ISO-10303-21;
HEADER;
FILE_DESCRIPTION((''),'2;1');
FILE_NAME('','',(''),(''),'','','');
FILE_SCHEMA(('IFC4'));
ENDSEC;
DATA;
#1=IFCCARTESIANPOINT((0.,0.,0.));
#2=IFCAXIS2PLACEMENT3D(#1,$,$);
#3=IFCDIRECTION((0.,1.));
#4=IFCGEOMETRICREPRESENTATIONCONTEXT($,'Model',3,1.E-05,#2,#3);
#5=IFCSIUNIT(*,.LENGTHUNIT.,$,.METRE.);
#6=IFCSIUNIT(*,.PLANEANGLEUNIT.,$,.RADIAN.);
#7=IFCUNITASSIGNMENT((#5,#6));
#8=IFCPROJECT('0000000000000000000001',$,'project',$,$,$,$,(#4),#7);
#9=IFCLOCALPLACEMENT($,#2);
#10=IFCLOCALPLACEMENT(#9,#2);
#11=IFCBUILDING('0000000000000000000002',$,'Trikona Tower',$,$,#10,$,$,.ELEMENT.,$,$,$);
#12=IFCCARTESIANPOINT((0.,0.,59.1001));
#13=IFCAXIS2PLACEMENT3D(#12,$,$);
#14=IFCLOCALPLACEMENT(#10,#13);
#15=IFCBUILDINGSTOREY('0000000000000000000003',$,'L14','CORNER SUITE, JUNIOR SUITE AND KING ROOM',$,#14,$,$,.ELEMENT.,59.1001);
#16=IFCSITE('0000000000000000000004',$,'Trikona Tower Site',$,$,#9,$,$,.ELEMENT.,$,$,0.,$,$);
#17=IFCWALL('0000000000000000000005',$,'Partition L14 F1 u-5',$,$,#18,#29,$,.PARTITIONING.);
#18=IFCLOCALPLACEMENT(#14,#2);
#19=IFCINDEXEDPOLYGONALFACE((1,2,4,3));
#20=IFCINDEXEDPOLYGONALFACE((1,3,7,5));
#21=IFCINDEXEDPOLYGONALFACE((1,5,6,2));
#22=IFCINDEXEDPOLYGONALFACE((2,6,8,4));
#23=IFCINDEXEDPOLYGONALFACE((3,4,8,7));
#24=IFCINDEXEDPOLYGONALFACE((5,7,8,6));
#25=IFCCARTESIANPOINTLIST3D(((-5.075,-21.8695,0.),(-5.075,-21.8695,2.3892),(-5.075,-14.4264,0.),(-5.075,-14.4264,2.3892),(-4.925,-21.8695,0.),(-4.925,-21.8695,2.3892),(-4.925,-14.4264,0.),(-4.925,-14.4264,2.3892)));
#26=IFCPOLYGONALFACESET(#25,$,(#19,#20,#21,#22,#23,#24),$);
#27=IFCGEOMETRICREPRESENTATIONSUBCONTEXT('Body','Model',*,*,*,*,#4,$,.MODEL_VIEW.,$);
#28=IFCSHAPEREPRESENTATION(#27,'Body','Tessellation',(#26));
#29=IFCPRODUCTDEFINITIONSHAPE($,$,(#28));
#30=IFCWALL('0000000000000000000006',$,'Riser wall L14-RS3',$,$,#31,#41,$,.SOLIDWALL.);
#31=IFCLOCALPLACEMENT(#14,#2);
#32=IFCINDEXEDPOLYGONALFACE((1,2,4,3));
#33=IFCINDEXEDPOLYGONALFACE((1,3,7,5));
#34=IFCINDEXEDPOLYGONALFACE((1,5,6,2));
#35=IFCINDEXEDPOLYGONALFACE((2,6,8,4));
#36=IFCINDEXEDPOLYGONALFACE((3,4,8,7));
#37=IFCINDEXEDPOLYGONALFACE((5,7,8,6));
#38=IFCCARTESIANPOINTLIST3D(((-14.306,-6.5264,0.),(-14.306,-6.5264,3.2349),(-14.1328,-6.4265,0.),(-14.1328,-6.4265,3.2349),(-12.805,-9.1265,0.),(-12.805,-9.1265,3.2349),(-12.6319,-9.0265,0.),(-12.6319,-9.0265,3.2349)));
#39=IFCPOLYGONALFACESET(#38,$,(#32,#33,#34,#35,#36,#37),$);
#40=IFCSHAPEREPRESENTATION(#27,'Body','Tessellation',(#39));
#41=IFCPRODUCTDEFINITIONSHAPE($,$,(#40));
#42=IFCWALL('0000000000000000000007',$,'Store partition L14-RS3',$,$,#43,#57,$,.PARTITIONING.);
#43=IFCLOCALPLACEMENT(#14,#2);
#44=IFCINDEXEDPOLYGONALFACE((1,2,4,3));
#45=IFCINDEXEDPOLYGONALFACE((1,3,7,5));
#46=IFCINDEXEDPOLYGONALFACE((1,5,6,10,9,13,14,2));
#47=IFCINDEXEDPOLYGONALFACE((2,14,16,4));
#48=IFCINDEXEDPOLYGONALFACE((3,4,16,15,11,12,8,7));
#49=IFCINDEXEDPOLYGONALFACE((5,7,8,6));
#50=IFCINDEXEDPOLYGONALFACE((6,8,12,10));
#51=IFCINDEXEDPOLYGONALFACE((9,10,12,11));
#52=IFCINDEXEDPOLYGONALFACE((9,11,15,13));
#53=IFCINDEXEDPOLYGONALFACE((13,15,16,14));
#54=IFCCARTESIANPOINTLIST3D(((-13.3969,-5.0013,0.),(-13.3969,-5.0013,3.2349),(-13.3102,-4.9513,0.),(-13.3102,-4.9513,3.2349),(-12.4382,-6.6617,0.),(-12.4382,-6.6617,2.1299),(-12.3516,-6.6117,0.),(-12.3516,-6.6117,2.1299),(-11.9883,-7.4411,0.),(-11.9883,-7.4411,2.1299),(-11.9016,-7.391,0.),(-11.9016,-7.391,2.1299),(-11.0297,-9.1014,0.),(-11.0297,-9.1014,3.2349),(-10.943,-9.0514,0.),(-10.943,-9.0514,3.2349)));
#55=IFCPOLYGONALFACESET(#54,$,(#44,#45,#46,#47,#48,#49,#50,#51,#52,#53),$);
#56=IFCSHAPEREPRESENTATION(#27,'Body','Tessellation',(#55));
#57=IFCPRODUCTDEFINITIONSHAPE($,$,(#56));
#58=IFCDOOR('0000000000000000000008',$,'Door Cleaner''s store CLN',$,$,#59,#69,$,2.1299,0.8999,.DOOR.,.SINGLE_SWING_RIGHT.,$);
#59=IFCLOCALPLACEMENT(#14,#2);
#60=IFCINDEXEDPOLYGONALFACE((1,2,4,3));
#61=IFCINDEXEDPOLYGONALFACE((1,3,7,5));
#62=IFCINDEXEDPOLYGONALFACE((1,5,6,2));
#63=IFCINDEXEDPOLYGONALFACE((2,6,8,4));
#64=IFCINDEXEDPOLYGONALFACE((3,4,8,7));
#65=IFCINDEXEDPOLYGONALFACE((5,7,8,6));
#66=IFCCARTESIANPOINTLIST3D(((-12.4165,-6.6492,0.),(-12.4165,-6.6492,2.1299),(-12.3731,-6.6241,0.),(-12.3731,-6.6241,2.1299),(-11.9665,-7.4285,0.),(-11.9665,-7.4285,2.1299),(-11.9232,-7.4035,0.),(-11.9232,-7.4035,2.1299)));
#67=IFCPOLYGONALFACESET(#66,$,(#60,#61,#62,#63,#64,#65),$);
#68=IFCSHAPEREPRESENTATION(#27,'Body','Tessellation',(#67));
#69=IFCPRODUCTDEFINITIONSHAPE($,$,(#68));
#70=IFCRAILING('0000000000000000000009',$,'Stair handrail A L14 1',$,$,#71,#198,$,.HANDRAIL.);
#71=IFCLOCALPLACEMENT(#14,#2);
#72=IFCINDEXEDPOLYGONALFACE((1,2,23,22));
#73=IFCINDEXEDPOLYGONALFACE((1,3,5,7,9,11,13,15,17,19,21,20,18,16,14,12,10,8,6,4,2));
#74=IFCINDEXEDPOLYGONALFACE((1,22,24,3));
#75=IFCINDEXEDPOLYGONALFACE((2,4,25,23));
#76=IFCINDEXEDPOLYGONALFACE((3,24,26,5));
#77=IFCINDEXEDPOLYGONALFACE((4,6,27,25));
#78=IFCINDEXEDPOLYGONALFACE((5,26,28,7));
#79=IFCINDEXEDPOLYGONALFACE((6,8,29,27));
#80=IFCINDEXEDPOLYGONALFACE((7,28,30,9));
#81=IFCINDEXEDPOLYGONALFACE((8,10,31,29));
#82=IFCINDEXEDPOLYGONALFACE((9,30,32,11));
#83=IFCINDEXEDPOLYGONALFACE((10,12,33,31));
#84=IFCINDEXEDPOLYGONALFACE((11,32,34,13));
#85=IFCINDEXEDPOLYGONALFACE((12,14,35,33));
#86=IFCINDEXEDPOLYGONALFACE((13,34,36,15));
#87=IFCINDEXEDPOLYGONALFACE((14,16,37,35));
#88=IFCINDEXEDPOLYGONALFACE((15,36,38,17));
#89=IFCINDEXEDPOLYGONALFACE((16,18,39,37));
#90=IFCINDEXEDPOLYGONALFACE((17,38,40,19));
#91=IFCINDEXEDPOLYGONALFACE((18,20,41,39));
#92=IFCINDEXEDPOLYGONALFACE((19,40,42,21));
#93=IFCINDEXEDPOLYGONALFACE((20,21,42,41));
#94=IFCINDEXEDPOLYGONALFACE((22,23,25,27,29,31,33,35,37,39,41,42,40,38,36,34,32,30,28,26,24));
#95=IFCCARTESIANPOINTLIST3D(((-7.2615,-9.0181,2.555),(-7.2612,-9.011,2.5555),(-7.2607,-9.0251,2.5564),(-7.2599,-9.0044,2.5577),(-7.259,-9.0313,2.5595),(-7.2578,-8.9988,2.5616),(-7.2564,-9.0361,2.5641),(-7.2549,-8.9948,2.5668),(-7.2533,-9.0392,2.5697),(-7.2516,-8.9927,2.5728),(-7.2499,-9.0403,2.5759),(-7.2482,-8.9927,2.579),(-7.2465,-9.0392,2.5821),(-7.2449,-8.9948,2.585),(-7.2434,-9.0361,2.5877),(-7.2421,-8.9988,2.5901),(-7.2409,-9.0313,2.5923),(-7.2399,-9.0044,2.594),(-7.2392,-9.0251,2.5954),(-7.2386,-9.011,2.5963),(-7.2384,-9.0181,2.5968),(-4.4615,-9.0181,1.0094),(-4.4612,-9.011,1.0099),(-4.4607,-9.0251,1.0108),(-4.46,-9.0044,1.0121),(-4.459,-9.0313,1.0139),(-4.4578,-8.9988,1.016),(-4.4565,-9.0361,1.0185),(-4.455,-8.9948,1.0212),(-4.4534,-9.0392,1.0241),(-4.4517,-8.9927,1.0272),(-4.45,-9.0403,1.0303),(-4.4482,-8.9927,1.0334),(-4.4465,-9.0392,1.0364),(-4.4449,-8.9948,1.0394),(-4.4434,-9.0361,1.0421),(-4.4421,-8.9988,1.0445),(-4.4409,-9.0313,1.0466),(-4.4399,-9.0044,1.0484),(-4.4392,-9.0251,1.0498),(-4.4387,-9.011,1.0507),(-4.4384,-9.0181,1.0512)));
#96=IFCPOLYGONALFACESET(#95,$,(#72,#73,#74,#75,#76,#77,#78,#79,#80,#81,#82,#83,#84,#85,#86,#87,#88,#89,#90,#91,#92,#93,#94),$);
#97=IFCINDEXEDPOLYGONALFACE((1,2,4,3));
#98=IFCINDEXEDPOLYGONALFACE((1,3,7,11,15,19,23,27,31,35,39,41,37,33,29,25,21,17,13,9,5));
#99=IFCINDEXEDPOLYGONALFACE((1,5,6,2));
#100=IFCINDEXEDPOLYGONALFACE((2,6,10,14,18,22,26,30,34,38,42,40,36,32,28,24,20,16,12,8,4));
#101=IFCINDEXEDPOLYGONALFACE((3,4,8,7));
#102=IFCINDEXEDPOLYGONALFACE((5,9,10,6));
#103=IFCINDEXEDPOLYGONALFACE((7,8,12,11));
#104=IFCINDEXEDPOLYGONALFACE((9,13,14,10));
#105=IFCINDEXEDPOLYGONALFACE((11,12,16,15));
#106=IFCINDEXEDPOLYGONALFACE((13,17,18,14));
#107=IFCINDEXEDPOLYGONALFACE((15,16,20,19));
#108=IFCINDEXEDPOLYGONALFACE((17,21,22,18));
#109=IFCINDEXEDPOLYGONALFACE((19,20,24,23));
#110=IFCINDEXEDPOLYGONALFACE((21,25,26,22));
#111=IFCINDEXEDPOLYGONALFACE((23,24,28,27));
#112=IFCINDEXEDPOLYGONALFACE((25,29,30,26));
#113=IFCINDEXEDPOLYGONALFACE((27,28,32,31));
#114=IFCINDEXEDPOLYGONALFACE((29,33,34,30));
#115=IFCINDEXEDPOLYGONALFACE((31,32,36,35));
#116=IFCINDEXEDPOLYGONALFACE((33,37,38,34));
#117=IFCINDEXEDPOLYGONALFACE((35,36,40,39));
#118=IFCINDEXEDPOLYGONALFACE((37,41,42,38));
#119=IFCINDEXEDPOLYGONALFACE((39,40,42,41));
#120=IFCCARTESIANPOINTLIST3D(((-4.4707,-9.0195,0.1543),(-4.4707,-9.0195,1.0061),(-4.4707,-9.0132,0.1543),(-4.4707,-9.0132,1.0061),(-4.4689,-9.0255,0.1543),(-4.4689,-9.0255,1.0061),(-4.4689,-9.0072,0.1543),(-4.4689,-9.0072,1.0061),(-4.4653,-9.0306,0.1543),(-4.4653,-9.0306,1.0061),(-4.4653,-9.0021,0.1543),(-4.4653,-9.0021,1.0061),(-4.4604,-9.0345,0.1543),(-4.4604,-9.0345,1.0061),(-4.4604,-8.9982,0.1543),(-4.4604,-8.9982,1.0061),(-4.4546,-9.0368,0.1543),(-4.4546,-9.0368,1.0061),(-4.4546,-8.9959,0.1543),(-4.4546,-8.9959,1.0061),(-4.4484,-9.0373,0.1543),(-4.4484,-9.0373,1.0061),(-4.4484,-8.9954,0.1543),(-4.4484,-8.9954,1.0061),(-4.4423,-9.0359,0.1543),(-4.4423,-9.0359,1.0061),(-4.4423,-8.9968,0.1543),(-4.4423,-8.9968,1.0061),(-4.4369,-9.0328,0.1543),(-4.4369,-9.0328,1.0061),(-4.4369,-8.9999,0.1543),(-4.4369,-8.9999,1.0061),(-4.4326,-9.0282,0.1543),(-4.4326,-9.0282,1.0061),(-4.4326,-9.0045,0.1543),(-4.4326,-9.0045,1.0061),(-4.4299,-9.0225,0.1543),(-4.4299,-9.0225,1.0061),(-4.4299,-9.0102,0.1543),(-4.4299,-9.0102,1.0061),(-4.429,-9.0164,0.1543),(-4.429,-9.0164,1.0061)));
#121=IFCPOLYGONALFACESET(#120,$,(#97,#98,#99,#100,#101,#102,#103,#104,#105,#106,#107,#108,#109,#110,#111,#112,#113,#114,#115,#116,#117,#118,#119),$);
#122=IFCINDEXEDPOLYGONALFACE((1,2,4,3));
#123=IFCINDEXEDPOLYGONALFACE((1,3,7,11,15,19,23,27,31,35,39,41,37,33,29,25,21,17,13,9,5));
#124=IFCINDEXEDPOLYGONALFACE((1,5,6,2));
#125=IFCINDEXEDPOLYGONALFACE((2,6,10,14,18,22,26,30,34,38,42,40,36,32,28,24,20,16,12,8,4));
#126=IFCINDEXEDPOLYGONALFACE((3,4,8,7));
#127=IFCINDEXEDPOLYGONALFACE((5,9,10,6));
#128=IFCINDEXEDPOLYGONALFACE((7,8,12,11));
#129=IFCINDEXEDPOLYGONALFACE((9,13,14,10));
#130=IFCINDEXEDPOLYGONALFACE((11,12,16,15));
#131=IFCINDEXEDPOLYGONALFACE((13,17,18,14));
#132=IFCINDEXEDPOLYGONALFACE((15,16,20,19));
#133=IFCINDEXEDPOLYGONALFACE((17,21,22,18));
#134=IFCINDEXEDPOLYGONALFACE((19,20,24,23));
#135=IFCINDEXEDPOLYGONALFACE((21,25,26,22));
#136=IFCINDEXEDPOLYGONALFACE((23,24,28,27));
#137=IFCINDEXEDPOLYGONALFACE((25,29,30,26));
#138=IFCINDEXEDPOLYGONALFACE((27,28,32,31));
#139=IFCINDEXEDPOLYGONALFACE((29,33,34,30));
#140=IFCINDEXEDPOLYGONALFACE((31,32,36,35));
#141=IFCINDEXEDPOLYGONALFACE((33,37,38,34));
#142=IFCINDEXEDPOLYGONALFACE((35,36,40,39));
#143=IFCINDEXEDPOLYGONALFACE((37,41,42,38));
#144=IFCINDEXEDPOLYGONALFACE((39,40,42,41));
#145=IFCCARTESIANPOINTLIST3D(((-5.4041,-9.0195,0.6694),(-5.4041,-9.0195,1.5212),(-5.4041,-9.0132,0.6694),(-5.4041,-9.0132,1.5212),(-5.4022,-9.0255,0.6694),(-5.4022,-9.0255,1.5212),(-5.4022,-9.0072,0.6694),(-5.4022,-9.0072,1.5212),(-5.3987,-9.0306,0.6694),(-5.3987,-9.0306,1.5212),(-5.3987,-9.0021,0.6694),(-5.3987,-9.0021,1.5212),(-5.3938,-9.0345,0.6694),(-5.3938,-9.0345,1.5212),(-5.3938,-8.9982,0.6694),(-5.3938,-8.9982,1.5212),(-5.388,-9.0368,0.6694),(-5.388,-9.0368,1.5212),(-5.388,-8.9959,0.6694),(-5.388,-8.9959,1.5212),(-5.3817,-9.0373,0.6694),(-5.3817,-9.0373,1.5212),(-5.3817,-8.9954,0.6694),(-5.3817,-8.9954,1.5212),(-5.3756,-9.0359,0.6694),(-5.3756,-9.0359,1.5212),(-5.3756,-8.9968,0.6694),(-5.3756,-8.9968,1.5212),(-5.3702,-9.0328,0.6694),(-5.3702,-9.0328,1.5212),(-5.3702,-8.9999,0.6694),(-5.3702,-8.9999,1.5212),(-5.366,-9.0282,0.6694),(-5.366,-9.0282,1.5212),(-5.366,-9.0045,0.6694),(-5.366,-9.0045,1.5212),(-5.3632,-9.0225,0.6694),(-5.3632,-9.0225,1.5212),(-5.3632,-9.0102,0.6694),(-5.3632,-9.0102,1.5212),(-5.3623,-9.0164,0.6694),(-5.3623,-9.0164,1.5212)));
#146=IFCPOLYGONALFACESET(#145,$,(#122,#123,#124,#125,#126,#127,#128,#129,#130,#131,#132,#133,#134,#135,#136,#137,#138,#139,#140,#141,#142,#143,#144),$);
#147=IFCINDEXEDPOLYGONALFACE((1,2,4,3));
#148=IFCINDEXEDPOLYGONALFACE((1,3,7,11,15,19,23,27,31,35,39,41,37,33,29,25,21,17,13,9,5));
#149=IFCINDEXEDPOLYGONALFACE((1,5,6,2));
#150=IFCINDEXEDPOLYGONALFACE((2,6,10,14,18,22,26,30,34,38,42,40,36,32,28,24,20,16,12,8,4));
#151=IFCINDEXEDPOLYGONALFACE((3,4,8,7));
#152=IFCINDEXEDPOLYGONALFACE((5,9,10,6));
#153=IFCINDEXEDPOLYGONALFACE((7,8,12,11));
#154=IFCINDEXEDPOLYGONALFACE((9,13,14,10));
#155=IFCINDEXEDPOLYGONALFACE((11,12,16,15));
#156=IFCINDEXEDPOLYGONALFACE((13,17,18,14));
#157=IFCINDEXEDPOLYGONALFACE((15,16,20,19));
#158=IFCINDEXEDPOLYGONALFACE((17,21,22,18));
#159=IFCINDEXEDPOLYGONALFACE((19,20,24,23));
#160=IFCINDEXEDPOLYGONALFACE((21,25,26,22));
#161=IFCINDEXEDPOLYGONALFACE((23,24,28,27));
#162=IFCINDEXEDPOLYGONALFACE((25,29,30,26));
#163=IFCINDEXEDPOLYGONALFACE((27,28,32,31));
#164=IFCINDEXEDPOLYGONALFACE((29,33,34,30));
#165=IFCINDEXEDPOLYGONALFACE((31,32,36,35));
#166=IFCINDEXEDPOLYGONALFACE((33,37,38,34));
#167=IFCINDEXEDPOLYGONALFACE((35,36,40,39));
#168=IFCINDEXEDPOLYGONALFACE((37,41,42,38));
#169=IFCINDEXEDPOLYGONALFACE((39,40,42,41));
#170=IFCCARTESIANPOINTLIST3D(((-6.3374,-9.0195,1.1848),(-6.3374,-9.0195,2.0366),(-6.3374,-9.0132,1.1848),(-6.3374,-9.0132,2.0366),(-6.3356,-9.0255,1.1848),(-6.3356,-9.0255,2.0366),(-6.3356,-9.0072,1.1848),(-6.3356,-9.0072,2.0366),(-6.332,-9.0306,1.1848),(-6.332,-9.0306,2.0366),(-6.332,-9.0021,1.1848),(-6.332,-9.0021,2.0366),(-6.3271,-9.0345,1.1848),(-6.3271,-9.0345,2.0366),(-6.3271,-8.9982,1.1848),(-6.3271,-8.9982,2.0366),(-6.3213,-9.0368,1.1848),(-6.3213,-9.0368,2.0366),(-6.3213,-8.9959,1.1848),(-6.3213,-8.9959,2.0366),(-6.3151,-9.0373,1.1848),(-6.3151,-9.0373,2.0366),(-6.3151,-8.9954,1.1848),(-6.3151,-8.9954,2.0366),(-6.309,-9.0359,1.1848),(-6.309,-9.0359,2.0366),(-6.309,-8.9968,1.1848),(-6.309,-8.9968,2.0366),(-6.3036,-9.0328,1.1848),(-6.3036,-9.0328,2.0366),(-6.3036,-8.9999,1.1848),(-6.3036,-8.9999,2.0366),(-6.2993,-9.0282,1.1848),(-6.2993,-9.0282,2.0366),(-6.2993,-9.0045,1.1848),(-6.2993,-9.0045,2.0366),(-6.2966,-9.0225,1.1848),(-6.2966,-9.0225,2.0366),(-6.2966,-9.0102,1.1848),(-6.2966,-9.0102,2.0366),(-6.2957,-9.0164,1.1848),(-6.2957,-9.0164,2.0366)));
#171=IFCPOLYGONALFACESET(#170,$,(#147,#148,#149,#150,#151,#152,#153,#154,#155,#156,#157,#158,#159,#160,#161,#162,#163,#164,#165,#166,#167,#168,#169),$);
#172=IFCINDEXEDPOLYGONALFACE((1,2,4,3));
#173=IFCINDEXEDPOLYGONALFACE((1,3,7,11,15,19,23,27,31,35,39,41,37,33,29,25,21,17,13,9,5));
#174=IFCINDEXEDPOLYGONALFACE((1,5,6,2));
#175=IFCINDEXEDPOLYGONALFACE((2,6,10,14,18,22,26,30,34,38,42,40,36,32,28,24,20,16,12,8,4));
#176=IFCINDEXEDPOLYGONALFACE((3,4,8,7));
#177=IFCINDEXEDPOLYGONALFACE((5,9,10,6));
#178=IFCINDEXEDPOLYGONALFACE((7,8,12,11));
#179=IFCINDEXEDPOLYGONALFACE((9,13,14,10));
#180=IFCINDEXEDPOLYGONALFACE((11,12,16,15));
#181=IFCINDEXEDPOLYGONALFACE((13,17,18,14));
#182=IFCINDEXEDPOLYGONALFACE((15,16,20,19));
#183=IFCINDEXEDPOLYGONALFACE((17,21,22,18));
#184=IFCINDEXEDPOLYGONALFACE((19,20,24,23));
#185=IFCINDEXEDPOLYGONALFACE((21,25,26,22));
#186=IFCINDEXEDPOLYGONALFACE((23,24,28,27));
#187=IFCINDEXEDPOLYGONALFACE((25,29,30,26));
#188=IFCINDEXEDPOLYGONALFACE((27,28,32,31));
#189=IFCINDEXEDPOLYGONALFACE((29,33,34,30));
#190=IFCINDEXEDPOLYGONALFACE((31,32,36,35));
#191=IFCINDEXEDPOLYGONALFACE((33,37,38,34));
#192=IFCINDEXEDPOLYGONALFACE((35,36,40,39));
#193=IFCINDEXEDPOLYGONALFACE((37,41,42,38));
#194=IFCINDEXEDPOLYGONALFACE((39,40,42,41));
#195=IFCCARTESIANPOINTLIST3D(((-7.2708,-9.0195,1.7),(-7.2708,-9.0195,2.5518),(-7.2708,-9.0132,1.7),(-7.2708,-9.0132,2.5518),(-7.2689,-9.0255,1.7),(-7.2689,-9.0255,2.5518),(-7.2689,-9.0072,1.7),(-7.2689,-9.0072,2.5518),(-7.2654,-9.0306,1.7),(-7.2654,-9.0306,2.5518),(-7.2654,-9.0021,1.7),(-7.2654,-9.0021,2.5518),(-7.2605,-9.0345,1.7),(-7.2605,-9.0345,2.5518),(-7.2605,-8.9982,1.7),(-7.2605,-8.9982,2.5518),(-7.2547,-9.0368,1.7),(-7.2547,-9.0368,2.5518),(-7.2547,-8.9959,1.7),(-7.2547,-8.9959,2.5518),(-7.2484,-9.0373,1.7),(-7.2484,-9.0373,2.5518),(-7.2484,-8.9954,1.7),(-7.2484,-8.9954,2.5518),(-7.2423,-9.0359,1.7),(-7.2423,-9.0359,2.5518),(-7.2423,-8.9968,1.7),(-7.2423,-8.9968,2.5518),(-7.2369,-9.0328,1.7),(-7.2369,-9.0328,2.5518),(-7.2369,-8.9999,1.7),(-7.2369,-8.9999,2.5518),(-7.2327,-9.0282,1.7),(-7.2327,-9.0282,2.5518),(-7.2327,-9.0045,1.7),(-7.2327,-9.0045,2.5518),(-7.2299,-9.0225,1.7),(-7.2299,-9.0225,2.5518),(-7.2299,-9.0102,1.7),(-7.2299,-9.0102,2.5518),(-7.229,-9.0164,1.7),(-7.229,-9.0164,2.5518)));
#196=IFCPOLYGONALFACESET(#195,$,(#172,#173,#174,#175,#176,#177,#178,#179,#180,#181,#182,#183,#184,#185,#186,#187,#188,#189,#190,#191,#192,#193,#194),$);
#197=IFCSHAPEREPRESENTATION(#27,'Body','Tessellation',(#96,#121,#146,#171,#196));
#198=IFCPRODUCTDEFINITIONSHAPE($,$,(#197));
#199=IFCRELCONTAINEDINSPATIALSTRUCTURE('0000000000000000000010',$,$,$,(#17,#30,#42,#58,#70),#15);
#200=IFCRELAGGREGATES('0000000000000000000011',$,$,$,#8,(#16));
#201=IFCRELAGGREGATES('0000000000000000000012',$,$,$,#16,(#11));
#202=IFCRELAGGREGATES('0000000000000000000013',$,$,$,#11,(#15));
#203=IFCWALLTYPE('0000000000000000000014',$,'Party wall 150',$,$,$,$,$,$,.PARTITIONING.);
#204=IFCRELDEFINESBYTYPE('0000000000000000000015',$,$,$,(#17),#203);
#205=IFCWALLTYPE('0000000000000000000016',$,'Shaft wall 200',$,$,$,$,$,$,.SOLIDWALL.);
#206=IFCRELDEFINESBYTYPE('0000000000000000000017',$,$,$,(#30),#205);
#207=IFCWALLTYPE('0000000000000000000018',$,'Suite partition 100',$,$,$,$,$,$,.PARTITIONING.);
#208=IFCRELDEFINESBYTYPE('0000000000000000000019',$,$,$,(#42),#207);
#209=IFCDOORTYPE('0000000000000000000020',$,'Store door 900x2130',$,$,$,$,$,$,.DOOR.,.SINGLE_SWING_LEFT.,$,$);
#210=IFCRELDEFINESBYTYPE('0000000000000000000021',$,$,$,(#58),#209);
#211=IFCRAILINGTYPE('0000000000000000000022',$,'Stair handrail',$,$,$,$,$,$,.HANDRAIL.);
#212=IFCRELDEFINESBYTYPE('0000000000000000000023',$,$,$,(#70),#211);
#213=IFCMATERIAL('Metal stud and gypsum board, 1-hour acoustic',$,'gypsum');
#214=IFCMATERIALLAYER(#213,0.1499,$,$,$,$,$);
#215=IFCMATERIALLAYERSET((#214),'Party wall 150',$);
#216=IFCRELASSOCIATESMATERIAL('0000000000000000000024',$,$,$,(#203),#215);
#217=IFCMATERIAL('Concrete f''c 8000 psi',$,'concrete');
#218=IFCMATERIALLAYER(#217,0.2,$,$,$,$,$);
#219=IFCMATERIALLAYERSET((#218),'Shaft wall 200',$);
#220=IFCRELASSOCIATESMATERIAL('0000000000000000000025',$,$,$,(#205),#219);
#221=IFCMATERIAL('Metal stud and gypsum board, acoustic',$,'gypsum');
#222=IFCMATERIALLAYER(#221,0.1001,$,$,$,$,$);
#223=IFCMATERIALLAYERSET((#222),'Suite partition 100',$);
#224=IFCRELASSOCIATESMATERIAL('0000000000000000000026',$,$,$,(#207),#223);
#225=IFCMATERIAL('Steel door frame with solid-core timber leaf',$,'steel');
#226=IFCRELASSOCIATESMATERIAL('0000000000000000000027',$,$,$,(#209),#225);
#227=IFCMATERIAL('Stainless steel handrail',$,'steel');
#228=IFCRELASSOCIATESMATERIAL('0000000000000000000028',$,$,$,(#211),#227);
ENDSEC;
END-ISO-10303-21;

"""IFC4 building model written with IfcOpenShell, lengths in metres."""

from ifc_helpers import new_model, si_unit, direction, frame, frame_2d, origin, origin_2d, place, context, subcontext, project, spatial, rectangle, circle, extrude, material, layer, layer_set, type_object, element, fill, save


model = new_model("IFC4")

# Units and contexts
model_context = context("Model", 3, precision=1e-05, world=origin(), true_north=direction((0.0, 1.0)))
body_context = subcontext(model_context, "Body", "Model", "MODEL_VIEW")
ifc_project = project(units=[si_unit("LENGTHUNIT", "METRE"), si_unit("PLANEANGLEUNIT", "RADIAN")], contexts=[model_context])

# Site, building, storey
site_placement = place(None, origin())
site = spatial("IfcSite", under=ifc_project, at=site_placement, Name="Trikona Tower Site", CompositionType="ELEMENT", RefElevation=0.0)
building_placement = place(site_placement, origin())
building = spatial("IfcBuilding", under=site, at=building_placement, Name="Trikona Tower", CompositionType="ELEMENT")
storey_placement = place(building_placement, frame((0.0, 0.0, 59.1001)))
storey = spatial("IfcBuildingStorey", under=building, at=storey_placement, Name="L14", Description="CORNER SUITE, JUNIOR SUITE AND KING ROOM", CompositionType="ELEMENT", Elevation=59.1001)

# Walls
ifc_material_1 = material(Name="Metal stud and gypsum board, 1-hour acoustic", Category="gypsum")
ifc_layer_1 = layer(ifc_material_1, 0.1499)
ifc_layer_set_1 = layer_set([ifc_layer_1], Name="Party wall 150")
wall_type_1 = type_object("IfcWallType", Name="Party wall 150", PredefinedType="PARTITIONING", material=ifc_layer_set_1)
wall_1_placement = place(storey_placement, frame((-5.0, -14.4263, 0.0), z_axis=(0.0, 0.0, 1.0), x_axis=(0.0, -1.0, 0.0)))
element("IfcWall", 1, at=wall_1_placement, inside=storey, type_object=wall_type_1, Name="Partition L14 F1 u-5", PredefinedType="PARTITIONING", context=body_context, shape_type="SweptSolid", body=[
    extrude(rectangle(XDim=7.4431, YDim=0.1499, at=frame_2d((3.7217, 0.0))), origin(), (0.0, 0.0, 1.0), 2.3892),
])
ifc_material_2 = material(Name="Concrete f'c 8000 psi", Category="concrete")
ifc_layer_2 = layer(ifc_material_2, 0.2)
ifc_layer_set_2 = layer_set([ifc_layer_2], Name="Shaft wall 200")
wall_type_2 = type_object("IfcWallType", Name="Shaft wall 200", PredefinedType="SOLIDWALL", material=ifc_layer_set_2)
wall_2_placement = place(storey_placement, frame((-12.7185, -9.0764, 0.0), z_axis=(0.0, 0.0, 1.0), x_axis=(-0.499952, 0.866053, 0.0)))
element("IfcWall", 2, at=wall_2_placement, inside=storey, type_object=wall_type_2, Name="Riser wall L14-RS3", PredefinedType="SOLIDWALL", context=body_context, shape_type="SweptSolid", body=[
    extrude(rectangle(XDim=3.0022, YDim=0.2, at=frame_2d((1.501, 0.0))), origin(), (0.0, 0.0, 1.0), 3.2349),
])

# Wall, opening, door
ifc_material_3 = material(Name="Metal stud and gypsum board, acoustic", Category="gypsum")
ifc_layer_3 = layer(ifc_material_3, 0.1001)
ifc_layer_set_3 = layer_set([ifc_layer_3], Name="Suite partition 100")
wall_type_3 = type_object("IfcWallType", Name="Suite partition 100", PredefinedType="PARTITIONING", material=ifc_layer_set_3)
wall_3_placement = place(storey_placement, frame((-10.9863, -9.0764, 0.0), z_axis=(0.0, 0.0, 1.0), x_axis=(-0.499999, 0.866026, 0.0)))
wall_3 = element("IfcWall", 3, at=wall_3_placement, inside=storey, type_object=wall_type_3, Name="Store partition L14-RS3", PredefinedType="PARTITIONING", context=body_context, shape_type="SweptSolid", body=[
    extrude(rectangle(XDim=4.7344, YDim=0.1001, at=frame_2d((2.3672, 0.0))), origin(), (0.0, 0.0, 1.0), 3.2349),
])
opening_1_placement = place(wall_3_placement, frame((1.9172, 0.0, 0.0)))
opening_1 = element("IfcOpeningElement", 4, at=opening_1_placement, cuts=wall_3, PredefinedType="OPENING", context=body_context, shape_type="SweptSolid", body=[
    extrude(rectangle(XDim=0.8999, YDim=2.1299, at=frame_2d((0.45, 1.0649))), frame((0.0, 0.0601, 0.0), z_axis=(0.0, -1.0, 0.0), x_axis=(1.0, 0.0, 0.0)), (0.0, 0.0, 1.0), 0.1201),
])
ifc_material_4 = material(Name="Steel door frame with solid-core timber leaf", Category="steel")
door_type_1 = type_object("IfcDoorType", Name="Store door 900x2130", OperationType="SINGLE_SWING_LEFT", PredefinedType="DOOR", material=ifc_material_4)
door_1_placement = place(opening_1_placement, origin())
door_1 = element("IfcDoor", 5, at=door_1_placement, inside=storey, type_object=door_type_1, Name="Door Cleaner's store CLN", OperationType="SINGLE_SWING_RIGHT", OverallHeight=2.1299, OverallWidth=0.8999, PredefinedType="DOOR", context=body_context, shape_type="SweptSolid", body=[
    extrude(rectangle(XDim=0.8999, YDim=2.1299, at=frame_2d((0.45, 1.0649))), frame((0.0, 0.0249, 0.0), z_axis=(0.0, -1.0, 0.0), x_axis=(1.0, 0.0, 0.0)), (0.0, 0.0, 1.0), 0.05),
])
fill(opening_1, door_1)

# Railing
ifc_material_5 = material(Name="Stainless steel handrail", Category="steel")
railing_type = type_object("IfcRailingType", Name="Stair handrail", PredefinedType="HANDRAIL", material=ifc_material_5)
railing_placement = place(storey_placement, frame((-4.45, -9.0164, 0.1543)))
element("IfcRailing", 6, at=railing_placement, inside=storey, type_object=railing_type, Name="Stair handrail A L14 1", PredefinedType="HANDRAIL", context=body_context, shape_type="SweptSolid", body=[
    extrude(circle(Radius=0.0239, at=origin_2d()), frame((0.0, 0.0, 0.876), z_axis=(-0.875472, 0.0, 0.483269), x_axis=(0.0, -1.0, 0.0)), (0.0, 0.0, 1.0), 3.1982),
    extrude(circle(Radius=0.021, at=origin_2d()), origin(), (0.0, 0.0, 1.0), 0.8518),
    extrude(circle(Radius=0.021, at=origin_2d()), frame((-0.9333, 0.0, 0.5151)), (0.0, 0.0, 1.0), 0.8518),
    extrude(circle(Radius=0.021, at=origin_2d()), frame((-1.8667, 0.0, 1.0305)), (0.0, 0.0, 1.0), 0.8518),
    extrude(circle(Radius=0.021, at=origin_2d()), frame((-2.8, 0.0, 1.5457)), (0.0, 0.0, 1.0), 0.8518),
])

save(model, "model.ifc")
